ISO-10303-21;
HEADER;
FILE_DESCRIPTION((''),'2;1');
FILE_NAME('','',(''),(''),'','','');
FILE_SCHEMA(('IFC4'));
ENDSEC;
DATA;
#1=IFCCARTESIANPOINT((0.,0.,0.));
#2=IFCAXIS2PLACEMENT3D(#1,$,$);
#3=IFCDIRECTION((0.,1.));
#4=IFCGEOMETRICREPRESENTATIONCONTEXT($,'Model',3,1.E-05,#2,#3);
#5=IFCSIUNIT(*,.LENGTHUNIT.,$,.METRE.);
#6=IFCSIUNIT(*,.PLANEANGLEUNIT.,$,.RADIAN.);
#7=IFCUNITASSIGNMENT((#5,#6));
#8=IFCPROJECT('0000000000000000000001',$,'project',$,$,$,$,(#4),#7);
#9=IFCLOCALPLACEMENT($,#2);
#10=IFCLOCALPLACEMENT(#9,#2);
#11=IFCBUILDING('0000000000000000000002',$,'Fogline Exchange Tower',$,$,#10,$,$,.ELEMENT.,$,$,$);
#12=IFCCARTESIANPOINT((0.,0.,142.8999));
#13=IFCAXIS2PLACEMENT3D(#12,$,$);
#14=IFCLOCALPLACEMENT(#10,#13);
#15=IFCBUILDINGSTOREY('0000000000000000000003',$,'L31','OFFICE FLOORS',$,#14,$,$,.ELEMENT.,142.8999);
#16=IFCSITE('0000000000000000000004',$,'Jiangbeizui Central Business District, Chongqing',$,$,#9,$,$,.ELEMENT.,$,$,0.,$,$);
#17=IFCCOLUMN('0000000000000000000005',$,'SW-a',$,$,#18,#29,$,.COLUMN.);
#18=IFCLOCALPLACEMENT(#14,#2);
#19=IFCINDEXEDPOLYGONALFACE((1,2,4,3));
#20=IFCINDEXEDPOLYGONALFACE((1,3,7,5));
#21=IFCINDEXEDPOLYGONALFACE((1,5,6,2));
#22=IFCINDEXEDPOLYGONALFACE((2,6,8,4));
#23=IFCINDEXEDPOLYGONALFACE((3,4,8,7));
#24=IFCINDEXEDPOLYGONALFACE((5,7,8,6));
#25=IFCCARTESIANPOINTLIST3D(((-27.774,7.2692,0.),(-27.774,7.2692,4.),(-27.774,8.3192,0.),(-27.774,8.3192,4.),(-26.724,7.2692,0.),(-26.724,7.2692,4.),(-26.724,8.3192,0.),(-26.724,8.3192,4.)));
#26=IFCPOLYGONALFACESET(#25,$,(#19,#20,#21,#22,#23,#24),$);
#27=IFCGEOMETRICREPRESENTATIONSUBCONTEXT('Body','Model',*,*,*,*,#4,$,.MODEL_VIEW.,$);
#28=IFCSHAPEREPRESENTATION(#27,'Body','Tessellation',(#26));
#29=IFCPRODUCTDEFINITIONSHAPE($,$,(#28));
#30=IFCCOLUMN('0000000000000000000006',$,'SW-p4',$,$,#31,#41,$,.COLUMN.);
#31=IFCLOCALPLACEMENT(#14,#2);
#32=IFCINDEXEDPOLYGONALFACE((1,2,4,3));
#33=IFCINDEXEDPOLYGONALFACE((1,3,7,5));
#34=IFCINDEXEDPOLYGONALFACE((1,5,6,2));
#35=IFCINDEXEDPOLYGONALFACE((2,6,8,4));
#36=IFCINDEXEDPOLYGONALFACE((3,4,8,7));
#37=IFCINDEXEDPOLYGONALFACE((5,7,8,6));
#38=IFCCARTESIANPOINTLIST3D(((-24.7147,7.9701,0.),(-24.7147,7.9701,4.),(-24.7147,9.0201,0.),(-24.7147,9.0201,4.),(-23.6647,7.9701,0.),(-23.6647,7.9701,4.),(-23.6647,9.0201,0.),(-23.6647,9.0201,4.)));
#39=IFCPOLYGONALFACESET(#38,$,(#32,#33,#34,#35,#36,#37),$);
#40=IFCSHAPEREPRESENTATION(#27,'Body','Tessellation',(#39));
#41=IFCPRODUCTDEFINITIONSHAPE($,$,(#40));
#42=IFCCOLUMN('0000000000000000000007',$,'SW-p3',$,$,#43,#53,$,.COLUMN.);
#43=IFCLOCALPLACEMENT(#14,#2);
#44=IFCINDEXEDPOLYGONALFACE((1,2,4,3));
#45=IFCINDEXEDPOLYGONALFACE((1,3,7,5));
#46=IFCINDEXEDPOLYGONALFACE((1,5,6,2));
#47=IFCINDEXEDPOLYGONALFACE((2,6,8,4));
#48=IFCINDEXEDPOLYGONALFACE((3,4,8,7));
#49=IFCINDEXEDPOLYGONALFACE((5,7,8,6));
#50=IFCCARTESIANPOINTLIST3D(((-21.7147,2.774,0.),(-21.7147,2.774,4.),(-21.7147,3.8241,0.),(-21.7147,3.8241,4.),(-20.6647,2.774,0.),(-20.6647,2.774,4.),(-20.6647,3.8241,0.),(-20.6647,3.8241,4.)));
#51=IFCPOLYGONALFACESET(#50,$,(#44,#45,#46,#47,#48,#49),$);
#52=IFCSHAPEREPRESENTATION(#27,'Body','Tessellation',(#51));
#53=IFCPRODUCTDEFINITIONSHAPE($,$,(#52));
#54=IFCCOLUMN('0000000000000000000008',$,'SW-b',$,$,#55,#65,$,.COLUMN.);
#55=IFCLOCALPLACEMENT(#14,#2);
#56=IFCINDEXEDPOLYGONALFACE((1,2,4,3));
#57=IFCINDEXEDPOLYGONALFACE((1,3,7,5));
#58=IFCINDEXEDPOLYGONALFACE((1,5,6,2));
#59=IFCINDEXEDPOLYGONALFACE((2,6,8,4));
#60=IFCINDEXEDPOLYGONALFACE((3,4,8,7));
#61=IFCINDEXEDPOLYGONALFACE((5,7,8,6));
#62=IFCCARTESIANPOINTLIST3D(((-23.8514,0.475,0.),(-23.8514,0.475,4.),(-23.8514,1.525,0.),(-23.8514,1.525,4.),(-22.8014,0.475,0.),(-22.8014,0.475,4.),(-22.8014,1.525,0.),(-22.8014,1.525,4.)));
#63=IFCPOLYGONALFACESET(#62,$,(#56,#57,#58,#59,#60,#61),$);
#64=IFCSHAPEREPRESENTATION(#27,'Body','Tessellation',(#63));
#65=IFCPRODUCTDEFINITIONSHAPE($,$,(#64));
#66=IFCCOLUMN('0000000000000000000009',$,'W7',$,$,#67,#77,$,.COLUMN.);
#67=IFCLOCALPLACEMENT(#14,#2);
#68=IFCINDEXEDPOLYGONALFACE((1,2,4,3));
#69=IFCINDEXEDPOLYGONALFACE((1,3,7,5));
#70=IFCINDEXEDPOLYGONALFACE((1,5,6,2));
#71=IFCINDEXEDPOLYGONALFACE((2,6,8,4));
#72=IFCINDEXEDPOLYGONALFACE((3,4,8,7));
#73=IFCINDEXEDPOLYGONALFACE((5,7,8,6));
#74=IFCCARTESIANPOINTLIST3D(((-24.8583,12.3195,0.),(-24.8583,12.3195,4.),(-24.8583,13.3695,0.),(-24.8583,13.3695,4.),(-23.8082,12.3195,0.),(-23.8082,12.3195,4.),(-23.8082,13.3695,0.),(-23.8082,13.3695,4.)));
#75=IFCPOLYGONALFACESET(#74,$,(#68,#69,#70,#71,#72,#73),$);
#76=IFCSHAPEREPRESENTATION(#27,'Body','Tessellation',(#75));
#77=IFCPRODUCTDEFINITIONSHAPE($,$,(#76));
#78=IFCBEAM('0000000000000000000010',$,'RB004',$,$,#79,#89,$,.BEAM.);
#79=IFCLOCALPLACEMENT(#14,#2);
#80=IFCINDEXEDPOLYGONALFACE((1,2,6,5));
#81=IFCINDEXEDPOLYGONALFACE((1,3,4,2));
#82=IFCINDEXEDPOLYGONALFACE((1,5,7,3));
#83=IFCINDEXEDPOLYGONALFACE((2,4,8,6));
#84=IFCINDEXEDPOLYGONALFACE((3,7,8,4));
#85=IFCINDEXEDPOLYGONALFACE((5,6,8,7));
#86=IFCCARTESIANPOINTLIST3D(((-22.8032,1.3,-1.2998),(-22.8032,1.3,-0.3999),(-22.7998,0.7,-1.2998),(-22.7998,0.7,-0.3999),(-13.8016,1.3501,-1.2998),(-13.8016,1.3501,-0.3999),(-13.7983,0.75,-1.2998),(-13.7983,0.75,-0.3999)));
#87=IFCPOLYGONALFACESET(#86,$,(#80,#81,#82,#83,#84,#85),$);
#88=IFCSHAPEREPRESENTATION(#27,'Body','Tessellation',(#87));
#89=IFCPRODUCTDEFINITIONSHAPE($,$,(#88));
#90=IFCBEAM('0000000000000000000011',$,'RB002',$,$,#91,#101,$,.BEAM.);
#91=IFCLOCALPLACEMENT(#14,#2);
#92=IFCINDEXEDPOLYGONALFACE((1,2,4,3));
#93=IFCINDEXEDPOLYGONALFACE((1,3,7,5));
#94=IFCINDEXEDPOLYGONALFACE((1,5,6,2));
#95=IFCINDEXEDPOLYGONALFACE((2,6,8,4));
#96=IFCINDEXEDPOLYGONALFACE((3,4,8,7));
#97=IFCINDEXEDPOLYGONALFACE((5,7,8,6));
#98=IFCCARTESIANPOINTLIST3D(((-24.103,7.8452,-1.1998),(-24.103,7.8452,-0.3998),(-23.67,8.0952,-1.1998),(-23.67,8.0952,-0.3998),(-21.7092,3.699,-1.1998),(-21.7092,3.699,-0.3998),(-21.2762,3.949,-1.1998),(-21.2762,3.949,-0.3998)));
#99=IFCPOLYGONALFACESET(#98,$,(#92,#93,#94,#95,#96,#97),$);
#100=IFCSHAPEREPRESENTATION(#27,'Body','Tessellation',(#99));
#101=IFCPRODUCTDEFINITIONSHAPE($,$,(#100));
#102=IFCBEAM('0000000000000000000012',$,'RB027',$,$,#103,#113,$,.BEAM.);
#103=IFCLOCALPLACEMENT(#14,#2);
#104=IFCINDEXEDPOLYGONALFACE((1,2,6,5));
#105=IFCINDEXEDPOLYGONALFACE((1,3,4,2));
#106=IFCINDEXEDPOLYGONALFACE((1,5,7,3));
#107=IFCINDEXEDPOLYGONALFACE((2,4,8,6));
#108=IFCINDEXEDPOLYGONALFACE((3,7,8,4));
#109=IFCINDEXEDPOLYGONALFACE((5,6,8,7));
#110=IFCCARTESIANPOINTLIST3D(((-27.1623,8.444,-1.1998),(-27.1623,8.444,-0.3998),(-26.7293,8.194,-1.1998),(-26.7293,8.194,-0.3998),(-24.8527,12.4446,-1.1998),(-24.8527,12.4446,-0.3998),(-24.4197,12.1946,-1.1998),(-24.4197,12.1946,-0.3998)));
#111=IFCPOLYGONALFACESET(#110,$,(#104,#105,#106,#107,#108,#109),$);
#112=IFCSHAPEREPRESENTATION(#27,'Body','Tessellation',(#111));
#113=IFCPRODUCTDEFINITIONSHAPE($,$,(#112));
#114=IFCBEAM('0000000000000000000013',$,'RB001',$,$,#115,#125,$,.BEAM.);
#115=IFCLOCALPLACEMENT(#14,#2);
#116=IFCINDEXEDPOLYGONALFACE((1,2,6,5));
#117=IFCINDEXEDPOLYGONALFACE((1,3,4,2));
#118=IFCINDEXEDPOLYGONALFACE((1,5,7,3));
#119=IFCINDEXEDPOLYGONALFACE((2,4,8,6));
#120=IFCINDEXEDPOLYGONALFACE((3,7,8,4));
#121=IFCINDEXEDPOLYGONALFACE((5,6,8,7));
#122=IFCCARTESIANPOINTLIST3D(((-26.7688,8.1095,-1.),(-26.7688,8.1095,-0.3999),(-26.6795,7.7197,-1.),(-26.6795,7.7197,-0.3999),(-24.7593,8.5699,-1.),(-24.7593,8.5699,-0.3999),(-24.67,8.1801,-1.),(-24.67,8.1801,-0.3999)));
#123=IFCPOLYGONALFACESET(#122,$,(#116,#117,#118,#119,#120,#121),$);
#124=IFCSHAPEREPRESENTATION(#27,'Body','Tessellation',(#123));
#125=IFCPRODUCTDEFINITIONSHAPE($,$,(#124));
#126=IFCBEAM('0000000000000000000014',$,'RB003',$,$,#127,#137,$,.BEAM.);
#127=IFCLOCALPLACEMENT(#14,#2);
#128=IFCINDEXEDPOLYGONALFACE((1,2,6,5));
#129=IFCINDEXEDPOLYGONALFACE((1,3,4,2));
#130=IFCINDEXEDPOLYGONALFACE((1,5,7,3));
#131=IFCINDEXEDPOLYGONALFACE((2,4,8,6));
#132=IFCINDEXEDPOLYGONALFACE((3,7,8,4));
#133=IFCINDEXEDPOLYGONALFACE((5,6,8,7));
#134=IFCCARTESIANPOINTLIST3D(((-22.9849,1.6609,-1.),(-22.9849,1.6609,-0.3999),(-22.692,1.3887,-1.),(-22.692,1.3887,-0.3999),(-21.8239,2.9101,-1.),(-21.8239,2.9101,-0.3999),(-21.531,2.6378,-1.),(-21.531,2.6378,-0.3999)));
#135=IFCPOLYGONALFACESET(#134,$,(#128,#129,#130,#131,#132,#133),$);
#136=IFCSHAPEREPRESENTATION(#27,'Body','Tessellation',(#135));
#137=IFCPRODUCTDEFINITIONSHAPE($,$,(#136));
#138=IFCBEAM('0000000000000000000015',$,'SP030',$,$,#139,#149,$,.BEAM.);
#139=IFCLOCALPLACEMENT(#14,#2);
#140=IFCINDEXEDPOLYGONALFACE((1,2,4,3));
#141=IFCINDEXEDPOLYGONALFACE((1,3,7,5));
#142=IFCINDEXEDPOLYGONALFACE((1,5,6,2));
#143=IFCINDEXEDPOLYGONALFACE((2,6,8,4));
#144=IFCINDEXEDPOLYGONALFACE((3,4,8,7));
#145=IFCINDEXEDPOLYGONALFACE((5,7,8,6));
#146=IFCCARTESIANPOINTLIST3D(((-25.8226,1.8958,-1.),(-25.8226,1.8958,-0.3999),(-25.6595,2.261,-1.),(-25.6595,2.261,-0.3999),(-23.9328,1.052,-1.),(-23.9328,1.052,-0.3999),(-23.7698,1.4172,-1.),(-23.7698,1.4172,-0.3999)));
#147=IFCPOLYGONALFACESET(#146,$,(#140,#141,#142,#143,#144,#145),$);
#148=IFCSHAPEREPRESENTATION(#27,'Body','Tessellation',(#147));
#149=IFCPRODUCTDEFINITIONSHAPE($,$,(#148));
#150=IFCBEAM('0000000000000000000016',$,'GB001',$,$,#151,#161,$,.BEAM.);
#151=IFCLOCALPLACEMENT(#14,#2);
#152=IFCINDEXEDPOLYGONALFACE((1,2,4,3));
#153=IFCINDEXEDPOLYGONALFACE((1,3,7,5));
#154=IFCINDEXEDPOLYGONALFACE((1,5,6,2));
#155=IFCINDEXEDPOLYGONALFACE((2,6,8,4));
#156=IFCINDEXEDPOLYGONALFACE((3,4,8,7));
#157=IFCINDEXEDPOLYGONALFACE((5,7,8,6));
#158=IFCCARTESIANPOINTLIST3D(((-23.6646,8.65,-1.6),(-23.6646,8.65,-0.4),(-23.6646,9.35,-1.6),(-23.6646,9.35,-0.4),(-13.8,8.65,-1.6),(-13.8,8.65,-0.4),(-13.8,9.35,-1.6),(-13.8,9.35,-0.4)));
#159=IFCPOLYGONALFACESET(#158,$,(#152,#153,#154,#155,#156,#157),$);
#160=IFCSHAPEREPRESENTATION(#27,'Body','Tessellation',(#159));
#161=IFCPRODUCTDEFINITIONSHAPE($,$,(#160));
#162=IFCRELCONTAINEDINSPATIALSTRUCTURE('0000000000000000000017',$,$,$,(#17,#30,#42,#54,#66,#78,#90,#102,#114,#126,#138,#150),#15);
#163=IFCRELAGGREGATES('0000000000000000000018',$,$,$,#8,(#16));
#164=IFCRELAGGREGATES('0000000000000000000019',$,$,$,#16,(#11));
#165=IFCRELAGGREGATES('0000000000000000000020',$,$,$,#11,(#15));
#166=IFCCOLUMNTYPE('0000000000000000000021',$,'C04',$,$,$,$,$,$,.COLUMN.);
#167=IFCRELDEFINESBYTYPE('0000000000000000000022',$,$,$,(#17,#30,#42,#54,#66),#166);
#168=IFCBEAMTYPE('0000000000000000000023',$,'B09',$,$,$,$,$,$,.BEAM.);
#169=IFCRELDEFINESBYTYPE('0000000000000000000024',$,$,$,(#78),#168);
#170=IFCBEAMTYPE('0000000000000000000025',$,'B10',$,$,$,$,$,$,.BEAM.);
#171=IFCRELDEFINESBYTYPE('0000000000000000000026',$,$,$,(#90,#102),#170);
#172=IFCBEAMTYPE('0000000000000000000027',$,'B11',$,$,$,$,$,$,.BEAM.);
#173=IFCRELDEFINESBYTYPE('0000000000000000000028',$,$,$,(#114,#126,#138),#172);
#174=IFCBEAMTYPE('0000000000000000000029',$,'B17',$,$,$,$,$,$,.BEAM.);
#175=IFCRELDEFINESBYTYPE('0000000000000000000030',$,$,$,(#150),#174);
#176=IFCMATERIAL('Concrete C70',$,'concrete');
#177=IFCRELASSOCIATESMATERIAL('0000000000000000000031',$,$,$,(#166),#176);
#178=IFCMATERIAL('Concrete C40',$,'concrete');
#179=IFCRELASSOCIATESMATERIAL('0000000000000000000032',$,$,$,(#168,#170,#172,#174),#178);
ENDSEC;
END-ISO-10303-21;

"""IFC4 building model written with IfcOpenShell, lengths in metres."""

from ifc_helpers import new_model, si_unit, direction, frame, origin, origin_2d, place, context, subcontext, project, spatial, rectangle, extrude, material, material_profile, profile_set, type_object, element, save


model = new_model("IFC4")

# Units and contexts
model_context = context("Model", 3, precision=1e-05, world=origin(), true_north=direction((0.0, 1.0)))
body_context = subcontext(model_context, "Body", "Model", "MODEL_VIEW")
ifc_project = project(units=[si_unit("LENGTHUNIT", "METRE"), si_unit("PLANEANGLEUNIT", "RADIAN")], contexts=[model_context])

# Site, building, storey
site_placement = place(None, origin())
site = spatial("IfcSite", under=ifc_project, at=site_placement, Name="Jiangbeizui Central Business District, Chongqing", CompositionType="ELEMENT", RefElevation=0.0)
building_placement = place(site_placement, origin())
building = spatial("IfcBuilding", under=site, at=building_placement, Name="Fogline Exchange Tower", CompositionType="ELEMENT")
storey_placement = place(building_placement, frame((0.0, 0.0, 142.8999)))
storey = spatial("IfcBuildingStorey", under=building, at=storey_placement, Name="L31", Description="OFFICE FLOORS", CompositionType="ELEMENT", Elevation=142.8999)

# Columns
ifc_material_1 = material(Name="Concrete C70", Category="concrete")
ifc_material_profile_1 = material_profile(ifc_material_1, rectangle(XDim=1.05, YDim=1.05, at=origin_2d()), Name="RC 1050x1050")
ifc_profile_set_1 = profile_set([ifc_material_profile_1], Name="Concrete C70")
column_type = type_object("IfcColumnType", Name="C04", PredefinedType="COLUMN", material=ifc_profile_set_1)
for number, where, z_axis, x_axis, name in (
    (1, (-27.249, 7.7942, 0.0), (0.0, 0.0, 1.0), (1.0, 0.0, 0.0), "SW-a"),
    (2, (-24.1897, 8.4951, 0.0), (0.0, 0.0, 1.0), (1.0, 0.0, 0.0), "SW-p4"),
    (3, (-21.1897, 3.2991, 0.0), (0.0, 0.0, 1.0), (1.0, 0.0, 0.0), "SW-p3"),
    (4, (-23.3264, 1.0, 0.0), (0.0, 0.0, 1.0), (1.0, 0.0, 0.0), "SW-b"),
    (5, (-24.3333, 12.8445, 0.0), (0.0, 0.0, 1.0), (1.0, 0.0, 0.0), "W7"),
):
    element("IfcColumn", number, at=place(storey_placement, frame(where, z_axis=z_axis, x_axis=x_axis)), inside=storey, type_object=column_type, Name=name, PredefinedType="COLUMN", context=body_context, shape_type="SweptSolid", body=[
        extrude(rectangle(XDim=1.05, YDim=1.05, at=origin_2d()), origin(), (0.0, 0.0, 1.0), 4.0),
    ])

# Beams
ifc_material_2 = material(Name="Concrete C40", Category="concrete")
ifc_material_profile_2 = material_profile(ifc_material_2, rectangle(XDim=0.6001, YDim=0.8999, at=origin_2d()), Name="RC 600x900")
ifc_profile_set_2 = profile_set([ifc_material_profile_2], Name="Concrete C40")
beam_type_1 = type_object("IfcBeamType", Name="B09", PredefinedType="BEAM", material=ifc_profile_set_2)
beam_1_placement = place(storey_placement, frame((-22.8015, 1.0, -0.8499), z_axis=(0.999985, 0.00556, 0.0), x_axis=(-0.00556, 0.999985, 0.0)))
element("IfcBeam", 6, at=beam_1_placement, inside=storey, type_object=beam_type_1, Name="RB004", PredefinedType="BEAM", context=body_context, shape_type="SweptSolid", body=[
    extrude(rectangle(XDim=0.6001, YDim=0.8999, at=origin_2d()), origin(), (0.0, 0.0, 1.0), 9.0017),
])
ifc_material_profile_3 = material_profile(ifc_material_2, rectangle(XDim=0.5, YDim=0.8, at=origin_2d()), Name="RC 500x800")
ifc_profile_set_3 = profile_set([ifc_material_profile_3], Name="Concrete C40")
beam_type_2 = type_object("IfcBeamType", Name="B10", PredefinedType="BEAM", material=ifc_profile_set_3)
beam_2_placement = place(storey_placement, frame((-23.8865, 7.9702, -0.7998), z_axis=(0.499995, -0.866028, 0.0), x_axis=(0.866028, 0.499995, 0.0)))
element("IfcBeam", 7, at=beam_2_placement, inside=storey, type_object=beam_type_2, Name="RB002", PredefinedType="BEAM", context=body_context, shape_type="SweptSolid", body=[
    extrude(rectangle(XDim=0.5, YDim=0.8, at=origin_2d()), origin(), (0.0, 0.0, 1.0), 4.7876),
])
beam_3_placement = place(storey_placement, frame((-24.6362, 12.3196, -0.7998), z_axis=(-0.499982, -0.866036, 0.0), x_axis=(0.866036, -0.499982, 0.0)))
element("IfcBeam", 8, at=beam_3_placement, inside=storey, type_object=beam_type_2, Name="RB027", PredefinedType="BEAM", context=body_context, shape_type="SweptSolid", body=[
    extrude(rectangle(XDim=0.5, YDim=0.8, at=origin_2d()), origin(), (0.0, 0.0, 1.0), 4.6194),
])
ifc_material_profile_4 = material_profile(ifc_material_2, rectangle(XDim=0.3999, YDim=0.6001, at=origin_2d()), Name="RC 400x600")
ifc_profile_set_4 = profile_set([ifc_material_profile_4], Name="Concrete C40")
beam_type_3 = type_object("IfcBeamType", Name="B11", PredefinedType="BEAM", material=ifc_profile_set_4)
beam_4_placement = place(storey_placement, frame((-26.7241, 7.9146, -0.7), z_axis=(0.974739, 0.223346, 0.0), x_axis=(-0.223346, 0.974739, 0.0)))
element("IfcBeam", 9, at=beam_4_placement, inside=storey, type_object=beam_type_3, Name="RB001", PredefinedType="BEAM", context=body_context, shape_type="SweptSolid", body=[
    extrude(rectangle(XDim=0.3999, YDim=0.6001, at=origin_2d()), origin(), (0.0, 0.0, 1.0), 2.0615),
])
beam_5_placement = place(storey_placement, frame((-21.6775, 2.7739, -0.7), z_axis=(-0.680792, -0.732477, 0.0), x_axis=(0.732477, -0.680792, 0.0)))
element("IfcBeam", 10, at=beam_5_placement, inside=storey, type_object=beam_type_3, Name="RB003", PredefinedType="BEAM", context=body_context, shape_type="SweptSolid", body=[
    extrude(rectangle(XDim=0.3999, YDim=0.6001, at=origin_2d()), origin(), (0.0, 0.0, 1.0), 1.7053),
])
beam_6_placement = place(storey_placement, frame((-23.8513, 1.2346, -0.7), z_axis=(-0.91311, 0.407714, 0.0), x_axis=(-0.407714, -0.91311, 0.0)))
element("IfcBeam", 11, at=beam_6_placement, inside=storey, type_object=beam_type_3, Name="SP030", PredefinedType="BEAM", context=body_context, shape_type="SweptSolid", body=[
    extrude(rectangle(XDim=0.3999, YDim=0.6001, at=origin_2d()), origin(), (0.0, 0.0, 1.0), 2.0696),
])
ifc_material_profile_5 = material_profile(ifc_material_2, rectangle(XDim=0.7, YDim=1.2, at=origin_2d()), Name="RC 700x1200")
ifc_profile_set_5 = profile_set([ifc_material_profile_5], Name="Concrete C40")
beam_type_4 = type_object("IfcBeamType", Name="B17", PredefinedType="BEAM", material=ifc_profile_set_5)
beam_7_placement = place(storey_placement, frame((-23.6646, 9.0, -1.0), z_axis=(1.0, 0.0, 0.0), x_axis=(0.0, 1.0, 0.0)))
element("IfcBeam", 12, at=beam_7_placement, inside=storey, type_object=beam_type_4, Name="GB001", PredefinedType="BEAM", context=body_context, shape_type="SweptSolid", body=[
    extrude(rectangle(XDim=0.7, YDim=1.2, at=origin_2d()), origin(), (0.0, 0.0, 1.0), 9.8645),
])

save(model, "model.ifc")
